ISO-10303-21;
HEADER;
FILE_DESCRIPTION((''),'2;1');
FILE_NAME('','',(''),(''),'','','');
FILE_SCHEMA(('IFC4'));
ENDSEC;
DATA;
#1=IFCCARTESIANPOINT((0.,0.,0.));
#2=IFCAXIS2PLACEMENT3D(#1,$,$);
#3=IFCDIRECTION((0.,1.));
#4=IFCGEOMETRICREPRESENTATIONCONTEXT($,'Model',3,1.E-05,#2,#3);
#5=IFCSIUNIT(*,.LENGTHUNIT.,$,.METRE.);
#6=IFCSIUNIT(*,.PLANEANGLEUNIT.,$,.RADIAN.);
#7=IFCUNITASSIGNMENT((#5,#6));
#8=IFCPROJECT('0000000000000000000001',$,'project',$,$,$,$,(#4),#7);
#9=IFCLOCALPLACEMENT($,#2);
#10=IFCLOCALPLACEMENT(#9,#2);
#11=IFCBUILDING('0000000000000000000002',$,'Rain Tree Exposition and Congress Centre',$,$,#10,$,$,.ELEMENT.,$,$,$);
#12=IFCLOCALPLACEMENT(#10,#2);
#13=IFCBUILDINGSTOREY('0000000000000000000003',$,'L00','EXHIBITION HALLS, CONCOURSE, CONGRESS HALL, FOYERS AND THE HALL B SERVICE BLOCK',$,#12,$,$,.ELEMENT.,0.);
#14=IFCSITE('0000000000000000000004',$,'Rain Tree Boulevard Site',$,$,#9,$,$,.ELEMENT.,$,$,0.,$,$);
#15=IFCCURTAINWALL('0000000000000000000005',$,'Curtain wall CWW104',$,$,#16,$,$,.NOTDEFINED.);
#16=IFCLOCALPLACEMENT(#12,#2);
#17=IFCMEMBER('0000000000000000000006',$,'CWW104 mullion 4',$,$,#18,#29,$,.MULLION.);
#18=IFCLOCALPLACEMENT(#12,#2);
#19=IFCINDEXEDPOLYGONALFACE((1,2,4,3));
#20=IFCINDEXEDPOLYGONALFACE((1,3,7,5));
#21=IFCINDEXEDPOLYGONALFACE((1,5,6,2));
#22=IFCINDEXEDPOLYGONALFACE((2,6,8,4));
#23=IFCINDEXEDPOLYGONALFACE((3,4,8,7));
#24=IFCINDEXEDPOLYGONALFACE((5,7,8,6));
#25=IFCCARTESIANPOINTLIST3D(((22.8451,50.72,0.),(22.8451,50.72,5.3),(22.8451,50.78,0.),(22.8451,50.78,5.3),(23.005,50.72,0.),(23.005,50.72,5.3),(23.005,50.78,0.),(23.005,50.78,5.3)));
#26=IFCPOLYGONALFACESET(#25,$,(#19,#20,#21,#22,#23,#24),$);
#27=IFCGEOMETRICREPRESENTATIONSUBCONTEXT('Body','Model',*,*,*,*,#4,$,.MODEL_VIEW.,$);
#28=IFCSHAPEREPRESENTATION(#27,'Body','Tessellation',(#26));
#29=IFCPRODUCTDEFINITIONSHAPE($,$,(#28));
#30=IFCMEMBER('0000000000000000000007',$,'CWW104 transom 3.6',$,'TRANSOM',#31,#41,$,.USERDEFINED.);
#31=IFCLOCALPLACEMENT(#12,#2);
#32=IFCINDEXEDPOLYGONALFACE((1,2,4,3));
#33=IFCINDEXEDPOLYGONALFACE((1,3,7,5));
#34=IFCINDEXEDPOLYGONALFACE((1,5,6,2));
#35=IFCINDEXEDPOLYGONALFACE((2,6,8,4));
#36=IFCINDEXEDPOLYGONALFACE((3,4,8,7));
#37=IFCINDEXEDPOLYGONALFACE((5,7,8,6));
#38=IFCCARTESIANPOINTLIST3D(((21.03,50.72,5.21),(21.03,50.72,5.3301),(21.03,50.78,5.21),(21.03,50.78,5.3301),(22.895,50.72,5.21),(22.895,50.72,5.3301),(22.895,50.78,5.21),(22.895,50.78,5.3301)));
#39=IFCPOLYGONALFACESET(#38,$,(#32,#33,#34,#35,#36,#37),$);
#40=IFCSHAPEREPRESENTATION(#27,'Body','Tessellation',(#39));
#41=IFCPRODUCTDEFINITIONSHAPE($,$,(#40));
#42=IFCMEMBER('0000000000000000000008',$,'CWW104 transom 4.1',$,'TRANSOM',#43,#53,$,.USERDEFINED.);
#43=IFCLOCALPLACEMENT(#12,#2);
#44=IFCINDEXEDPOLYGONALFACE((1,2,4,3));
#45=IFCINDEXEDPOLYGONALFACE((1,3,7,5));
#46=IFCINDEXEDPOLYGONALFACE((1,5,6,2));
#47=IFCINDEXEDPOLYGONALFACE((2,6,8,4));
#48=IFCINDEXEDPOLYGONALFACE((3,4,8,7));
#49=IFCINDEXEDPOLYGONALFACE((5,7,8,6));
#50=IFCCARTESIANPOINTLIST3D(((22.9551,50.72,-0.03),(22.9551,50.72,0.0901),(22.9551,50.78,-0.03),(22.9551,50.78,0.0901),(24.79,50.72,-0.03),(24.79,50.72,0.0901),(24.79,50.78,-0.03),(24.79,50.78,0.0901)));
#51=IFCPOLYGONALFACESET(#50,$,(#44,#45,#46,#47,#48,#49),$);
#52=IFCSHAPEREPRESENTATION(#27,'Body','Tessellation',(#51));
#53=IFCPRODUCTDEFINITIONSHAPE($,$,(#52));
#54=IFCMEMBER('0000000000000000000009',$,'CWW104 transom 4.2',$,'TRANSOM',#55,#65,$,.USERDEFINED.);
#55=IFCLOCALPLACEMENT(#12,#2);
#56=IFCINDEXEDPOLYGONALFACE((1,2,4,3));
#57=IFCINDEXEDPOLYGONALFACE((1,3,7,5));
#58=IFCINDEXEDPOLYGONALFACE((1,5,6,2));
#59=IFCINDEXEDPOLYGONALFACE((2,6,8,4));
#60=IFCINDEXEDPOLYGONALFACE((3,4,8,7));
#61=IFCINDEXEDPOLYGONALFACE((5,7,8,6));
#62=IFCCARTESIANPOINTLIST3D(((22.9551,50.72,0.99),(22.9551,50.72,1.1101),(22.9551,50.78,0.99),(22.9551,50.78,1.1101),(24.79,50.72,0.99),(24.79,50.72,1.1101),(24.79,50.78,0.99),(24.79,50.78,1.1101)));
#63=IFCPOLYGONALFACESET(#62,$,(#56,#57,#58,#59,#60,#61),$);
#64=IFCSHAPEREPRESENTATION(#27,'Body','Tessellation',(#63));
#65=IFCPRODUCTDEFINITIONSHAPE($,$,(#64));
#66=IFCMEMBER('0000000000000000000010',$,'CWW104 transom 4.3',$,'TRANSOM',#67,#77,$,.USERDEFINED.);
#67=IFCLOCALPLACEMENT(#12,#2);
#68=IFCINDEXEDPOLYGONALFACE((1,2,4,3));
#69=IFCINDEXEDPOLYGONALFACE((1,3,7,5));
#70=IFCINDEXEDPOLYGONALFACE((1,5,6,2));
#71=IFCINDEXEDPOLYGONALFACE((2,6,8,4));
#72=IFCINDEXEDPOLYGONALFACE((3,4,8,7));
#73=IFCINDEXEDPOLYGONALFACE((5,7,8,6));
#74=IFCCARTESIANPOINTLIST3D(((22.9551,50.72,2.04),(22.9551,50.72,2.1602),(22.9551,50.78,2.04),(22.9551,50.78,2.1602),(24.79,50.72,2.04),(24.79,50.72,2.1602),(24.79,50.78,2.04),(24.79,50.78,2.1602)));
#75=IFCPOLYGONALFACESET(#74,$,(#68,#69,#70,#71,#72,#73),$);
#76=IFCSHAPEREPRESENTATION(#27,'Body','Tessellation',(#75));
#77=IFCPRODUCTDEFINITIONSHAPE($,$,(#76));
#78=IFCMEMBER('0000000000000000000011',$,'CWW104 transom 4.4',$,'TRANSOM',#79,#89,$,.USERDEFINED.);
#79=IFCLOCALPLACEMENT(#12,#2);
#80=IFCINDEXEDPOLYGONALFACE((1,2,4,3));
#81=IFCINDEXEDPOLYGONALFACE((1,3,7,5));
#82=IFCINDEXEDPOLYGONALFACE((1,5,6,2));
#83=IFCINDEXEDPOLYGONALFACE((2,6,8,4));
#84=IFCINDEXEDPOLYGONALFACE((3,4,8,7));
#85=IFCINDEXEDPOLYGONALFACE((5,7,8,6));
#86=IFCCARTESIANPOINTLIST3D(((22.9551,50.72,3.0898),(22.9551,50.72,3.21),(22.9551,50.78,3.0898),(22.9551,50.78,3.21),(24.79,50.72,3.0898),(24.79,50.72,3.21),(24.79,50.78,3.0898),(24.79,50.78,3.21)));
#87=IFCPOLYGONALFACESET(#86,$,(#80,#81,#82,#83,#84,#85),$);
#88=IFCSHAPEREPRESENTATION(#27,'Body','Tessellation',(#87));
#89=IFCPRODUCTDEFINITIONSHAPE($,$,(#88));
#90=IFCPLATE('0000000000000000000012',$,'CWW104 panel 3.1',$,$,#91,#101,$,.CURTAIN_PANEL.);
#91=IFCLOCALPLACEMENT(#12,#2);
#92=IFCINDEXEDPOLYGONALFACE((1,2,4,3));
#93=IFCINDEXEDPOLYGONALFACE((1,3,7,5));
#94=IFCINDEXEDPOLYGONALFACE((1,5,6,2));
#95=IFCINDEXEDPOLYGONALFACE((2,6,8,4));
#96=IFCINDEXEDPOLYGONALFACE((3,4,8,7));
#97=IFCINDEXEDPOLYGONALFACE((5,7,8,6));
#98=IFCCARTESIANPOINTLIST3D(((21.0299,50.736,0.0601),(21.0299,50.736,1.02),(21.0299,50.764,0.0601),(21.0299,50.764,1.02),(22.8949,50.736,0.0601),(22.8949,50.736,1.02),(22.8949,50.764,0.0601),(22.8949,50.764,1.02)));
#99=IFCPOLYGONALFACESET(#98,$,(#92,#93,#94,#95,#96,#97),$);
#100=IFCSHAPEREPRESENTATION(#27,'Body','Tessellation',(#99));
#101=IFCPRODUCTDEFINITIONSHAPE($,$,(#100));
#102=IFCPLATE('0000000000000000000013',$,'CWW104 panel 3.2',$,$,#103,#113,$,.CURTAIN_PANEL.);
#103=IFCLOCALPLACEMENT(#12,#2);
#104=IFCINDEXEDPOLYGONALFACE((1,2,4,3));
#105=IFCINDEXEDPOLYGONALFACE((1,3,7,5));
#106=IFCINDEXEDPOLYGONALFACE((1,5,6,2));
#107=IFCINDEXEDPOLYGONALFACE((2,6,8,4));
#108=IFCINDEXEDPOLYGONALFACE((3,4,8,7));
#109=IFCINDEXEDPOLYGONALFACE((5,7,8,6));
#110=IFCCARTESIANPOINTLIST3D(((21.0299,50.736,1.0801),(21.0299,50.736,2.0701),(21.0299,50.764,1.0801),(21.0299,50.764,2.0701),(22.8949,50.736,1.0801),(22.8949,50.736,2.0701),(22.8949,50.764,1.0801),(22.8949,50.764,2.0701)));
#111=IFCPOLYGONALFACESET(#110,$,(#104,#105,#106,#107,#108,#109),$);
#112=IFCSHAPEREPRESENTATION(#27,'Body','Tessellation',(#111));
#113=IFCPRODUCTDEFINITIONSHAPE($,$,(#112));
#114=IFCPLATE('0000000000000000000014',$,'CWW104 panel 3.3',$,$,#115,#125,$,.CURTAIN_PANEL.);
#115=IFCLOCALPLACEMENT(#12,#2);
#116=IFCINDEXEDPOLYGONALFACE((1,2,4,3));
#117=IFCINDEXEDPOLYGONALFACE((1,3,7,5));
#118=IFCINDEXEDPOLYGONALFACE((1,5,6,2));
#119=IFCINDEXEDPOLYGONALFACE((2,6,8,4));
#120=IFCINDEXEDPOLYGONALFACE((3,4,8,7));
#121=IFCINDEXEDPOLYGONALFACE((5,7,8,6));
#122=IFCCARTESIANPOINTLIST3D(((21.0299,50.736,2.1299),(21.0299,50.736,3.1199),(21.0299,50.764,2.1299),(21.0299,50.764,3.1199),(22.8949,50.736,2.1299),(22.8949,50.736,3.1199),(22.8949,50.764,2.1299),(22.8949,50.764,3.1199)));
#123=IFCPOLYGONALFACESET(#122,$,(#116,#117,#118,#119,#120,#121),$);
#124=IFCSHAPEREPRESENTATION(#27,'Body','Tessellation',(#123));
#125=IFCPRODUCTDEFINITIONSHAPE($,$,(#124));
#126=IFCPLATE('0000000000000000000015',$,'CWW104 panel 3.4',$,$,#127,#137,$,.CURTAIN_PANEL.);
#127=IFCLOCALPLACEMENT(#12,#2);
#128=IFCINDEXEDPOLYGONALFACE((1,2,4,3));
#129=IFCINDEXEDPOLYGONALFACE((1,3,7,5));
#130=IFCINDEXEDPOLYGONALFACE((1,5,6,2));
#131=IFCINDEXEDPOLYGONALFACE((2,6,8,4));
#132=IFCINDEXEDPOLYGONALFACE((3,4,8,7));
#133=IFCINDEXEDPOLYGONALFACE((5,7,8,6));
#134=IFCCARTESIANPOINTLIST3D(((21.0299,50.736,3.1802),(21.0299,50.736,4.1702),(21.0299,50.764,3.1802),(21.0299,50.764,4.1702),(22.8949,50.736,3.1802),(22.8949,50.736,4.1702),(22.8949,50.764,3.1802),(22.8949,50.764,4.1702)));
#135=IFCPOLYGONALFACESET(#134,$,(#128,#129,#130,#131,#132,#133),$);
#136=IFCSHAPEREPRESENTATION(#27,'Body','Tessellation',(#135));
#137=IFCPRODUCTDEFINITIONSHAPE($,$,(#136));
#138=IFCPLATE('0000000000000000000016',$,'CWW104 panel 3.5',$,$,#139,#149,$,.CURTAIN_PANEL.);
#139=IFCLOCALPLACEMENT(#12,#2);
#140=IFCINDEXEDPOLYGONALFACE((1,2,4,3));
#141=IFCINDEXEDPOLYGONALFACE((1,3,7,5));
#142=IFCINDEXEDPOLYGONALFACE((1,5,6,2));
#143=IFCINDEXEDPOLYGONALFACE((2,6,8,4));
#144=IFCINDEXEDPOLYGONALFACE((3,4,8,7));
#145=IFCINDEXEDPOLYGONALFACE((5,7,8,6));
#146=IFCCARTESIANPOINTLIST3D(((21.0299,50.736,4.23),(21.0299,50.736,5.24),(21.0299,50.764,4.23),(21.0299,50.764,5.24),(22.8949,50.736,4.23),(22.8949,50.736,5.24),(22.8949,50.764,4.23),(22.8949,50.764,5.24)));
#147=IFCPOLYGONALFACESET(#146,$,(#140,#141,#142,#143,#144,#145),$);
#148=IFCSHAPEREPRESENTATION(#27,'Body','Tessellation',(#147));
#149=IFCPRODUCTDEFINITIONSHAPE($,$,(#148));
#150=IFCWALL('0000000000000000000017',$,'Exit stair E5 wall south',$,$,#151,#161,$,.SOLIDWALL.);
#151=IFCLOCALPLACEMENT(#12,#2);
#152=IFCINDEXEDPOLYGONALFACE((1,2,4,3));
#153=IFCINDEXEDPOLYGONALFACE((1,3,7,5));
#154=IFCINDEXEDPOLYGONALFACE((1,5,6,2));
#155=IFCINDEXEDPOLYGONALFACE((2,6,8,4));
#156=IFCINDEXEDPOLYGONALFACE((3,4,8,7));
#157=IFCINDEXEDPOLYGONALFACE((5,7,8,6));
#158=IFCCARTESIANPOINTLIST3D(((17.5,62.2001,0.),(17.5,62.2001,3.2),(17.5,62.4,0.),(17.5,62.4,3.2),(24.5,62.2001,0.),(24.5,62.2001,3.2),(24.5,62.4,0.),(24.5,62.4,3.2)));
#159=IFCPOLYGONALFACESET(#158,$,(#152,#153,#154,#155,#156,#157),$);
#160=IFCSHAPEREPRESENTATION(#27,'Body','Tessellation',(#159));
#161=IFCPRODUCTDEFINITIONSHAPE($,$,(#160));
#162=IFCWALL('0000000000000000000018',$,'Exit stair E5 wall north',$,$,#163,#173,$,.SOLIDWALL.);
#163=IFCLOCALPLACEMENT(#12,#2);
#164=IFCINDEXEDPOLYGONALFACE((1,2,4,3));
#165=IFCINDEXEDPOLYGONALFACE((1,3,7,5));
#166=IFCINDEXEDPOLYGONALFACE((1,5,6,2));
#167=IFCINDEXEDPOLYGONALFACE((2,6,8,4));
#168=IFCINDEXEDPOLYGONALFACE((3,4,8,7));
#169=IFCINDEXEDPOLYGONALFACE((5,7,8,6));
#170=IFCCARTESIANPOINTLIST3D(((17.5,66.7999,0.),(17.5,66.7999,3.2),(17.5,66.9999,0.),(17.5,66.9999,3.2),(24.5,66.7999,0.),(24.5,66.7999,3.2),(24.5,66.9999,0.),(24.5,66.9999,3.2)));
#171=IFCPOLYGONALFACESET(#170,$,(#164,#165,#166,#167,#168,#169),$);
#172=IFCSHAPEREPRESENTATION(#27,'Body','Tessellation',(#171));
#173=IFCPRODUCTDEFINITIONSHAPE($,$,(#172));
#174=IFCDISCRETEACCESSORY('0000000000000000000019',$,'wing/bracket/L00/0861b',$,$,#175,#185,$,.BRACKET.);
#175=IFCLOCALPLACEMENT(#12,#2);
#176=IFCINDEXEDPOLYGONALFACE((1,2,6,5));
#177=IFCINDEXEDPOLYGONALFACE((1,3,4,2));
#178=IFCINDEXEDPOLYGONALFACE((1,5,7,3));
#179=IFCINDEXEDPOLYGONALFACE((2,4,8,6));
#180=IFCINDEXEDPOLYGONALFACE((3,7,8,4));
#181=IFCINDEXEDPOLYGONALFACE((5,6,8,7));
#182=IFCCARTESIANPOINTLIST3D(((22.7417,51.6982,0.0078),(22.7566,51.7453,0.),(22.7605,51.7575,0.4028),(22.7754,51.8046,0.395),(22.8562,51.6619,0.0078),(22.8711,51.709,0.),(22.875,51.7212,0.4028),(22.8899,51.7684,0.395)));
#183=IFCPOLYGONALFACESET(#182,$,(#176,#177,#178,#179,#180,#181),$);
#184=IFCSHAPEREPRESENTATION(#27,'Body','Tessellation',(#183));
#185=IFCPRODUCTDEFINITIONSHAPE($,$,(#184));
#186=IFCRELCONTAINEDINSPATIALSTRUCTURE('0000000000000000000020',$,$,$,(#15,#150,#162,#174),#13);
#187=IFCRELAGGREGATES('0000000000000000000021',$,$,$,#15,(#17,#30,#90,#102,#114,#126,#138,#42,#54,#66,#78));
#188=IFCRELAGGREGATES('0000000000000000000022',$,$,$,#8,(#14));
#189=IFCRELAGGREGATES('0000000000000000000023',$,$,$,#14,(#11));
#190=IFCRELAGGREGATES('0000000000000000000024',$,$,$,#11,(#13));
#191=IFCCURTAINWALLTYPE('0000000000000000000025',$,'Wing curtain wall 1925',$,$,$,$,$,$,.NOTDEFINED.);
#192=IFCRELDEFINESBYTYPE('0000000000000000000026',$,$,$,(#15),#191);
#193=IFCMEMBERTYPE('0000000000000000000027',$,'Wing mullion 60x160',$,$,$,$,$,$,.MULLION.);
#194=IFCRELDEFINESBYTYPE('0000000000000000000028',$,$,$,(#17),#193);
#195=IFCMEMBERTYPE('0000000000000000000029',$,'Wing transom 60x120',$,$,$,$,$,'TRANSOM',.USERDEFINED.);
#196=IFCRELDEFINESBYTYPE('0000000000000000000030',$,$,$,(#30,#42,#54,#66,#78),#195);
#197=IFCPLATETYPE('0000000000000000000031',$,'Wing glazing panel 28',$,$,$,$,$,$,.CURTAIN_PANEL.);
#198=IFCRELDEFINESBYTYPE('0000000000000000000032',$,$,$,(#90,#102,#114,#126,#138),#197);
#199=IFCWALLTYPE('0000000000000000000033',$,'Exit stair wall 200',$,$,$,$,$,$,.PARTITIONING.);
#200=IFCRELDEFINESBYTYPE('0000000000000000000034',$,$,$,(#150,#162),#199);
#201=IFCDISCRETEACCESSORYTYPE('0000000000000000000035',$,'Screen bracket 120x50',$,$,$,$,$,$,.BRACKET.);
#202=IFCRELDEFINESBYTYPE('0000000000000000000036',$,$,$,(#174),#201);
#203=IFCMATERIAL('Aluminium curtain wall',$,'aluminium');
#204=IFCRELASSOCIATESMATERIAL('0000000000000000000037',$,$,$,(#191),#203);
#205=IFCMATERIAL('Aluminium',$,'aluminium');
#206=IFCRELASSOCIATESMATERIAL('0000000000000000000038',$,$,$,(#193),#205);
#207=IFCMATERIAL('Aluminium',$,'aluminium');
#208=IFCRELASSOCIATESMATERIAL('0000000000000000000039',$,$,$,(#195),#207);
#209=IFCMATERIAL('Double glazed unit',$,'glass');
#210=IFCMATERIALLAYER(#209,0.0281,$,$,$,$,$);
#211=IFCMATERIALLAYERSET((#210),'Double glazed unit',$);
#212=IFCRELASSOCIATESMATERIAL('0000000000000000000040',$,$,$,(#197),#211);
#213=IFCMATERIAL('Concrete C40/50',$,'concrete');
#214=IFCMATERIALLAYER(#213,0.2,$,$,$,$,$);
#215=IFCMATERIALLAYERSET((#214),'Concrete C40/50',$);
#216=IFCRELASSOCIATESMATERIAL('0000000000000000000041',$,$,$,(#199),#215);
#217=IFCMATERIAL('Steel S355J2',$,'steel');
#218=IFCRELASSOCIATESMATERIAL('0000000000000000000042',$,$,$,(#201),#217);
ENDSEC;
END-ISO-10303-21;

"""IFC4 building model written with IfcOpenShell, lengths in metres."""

from ifc_helpers import new_model, si_unit, direction, frame, frame_2d, origin, origin_2d, place, context, subcontext, project, spatial, rectangle, extrude, material, layer, layer_set, material_profile, profile_set, type_object, element, aggregate, save


model = new_model("IFC4")

# Units and contexts
model_context = context("Model", 3, precision=1e-05, world=origin(), true_north=direction((0.0, 1.0)))
body_context = subcontext(model_context, "Body", "Model", "MODEL_VIEW")
ifc_project = project(units=[si_unit("LENGTHUNIT", "METRE"), si_unit("PLANEANGLEUNIT", "RADIAN")], contexts=[model_context])

# Site, building, storey
site_placement = place(None, origin())
site = spatial("IfcSite", under=ifc_project, at=site_placement, Name="Rain Tree Boulevard Site", CompositionType="ELEMENT", RefElevation=0.0)
building_placement = place(site_placement, origin())
building = spatial("IfcBuilding", under=site, at=building_placement, Name="Rain Tree Exposition and Congress Centre", CompositionType="ELEMENT")
storey_placement = place(building_placement, origin())
storey = spatial("IfcBuildingStorey", under=building, at=storey_placement, Name="L00", Description="EXHIBITION HALLS, CONCOURSE, CONGRESS HALL, FOYERS AND THE HALL B SERVICE BLOCK", CompositionType="ELEMENT", Elevation=0.0)

# Curtain wall, members, plates
ifc_material_1 = material(Name="Aluminium curtain wall", Category="aluminium")
curtain_wall_type = type_object("IfcCurtainWallType", Name="Wing curtain wall 1925", PredefinedType="NOTDEFINED", material=ifc_material_1)
curtain_wall_placement = place(storey_placement, origin())
curtain_wall = element("IfcCurtainWall", 1, at=curtain_wall_placement, inside=storey, type_object=curtain_wall_type, Name="Curtain wall CWW104", PredefinedType="NOTDEFINED")
ifc_material_2 = material(Name="Aluminium", Category="aluminium")
ifc_material_profile_1 = material_profile(ifc_material_2, rectangle(XDim=0.0601, YDim=0.1599, at=origin_2d()), Name="Aluminium 60x160")
ifc_profile_set_1 = profile_set([ifc_material_profile_1], Name="Aluminium")
member_type_1 = type_object("IfcMemberType", Name="Wing mullion 60x160", PredefinedType="MULLION", material=ifc_profile_set_1)
member_1_placement = place(storey_placement, frame((22.925, 50.75, 0.0), z_axis=(0.0, 0.0, 1.0), x_axis=(0.0, 1.0, 0.0)))
member_1 = element("IfcMember", 2, at=member_1_placement, type_object=member_type_1, Name="CWW104 mullion 4", PredefinedType="MULLION", context=body_context, shape_type="SweptSolid", body=[
    extrude(rectangle(XDim=0.0601, YDim=0.1599, at=origin_2d()), origin(), (0.0, 0.0, 1.0), 5.3),
])
ifc_material_3 = material(Name="Aluminium", Category="aluminium")
ifc_material_profile_2 = material_profile(ifc_material_3, rectangle(XDim=0.0601, YDim=0.1201, at=origin_2d()), Name="Aluminium 60x120")
ifc_profile_set_2 = profile_set([ifc_material_profile_2], Name="Aluminium")
member_type_2 = type_object("IfcMemberType", Name="Wing transom 60x120", ElementType="TRANSOM", PredefinedType="USERDEFINED", material=ifc_profile_set_2)
member_2_placement = place(storey_placement, frame((21.03, 50.75, 5.27), z_axis=(1.0, 0.0, 0.0), x_axis=(0.0, 1.0, 0.0)))
member_2 = element("IfcMember", 3, at=member_2_placement, type_object=member_type_2, Name="CWW104 transom 3.6", ObjectType="TRANSOM", PredefinedType="USERDEFINED", context=body_context, shape_type="SweptSolid", body=[
    extrude(rectangle(XDim=0.0601, YDim=0.1201, at=origin_2d()), origin(), (0.0, 0.0, 1.0), 1.865),
])
member_3_placement = place(storey_placement, frame((22.9551, 50.75, 0.03), z_axis=(1.0, 0.0, 0.0), x_axis=(0.0, 1.0, 0.0)))
member_3 = element("IfcMember", 4, at=member_3_placement, type_object=member_type_2, Name="CWW104 transom 4.1", ObjectType="TRANSOM", PredefinedType="USERDEFINED", context=body_context, shape_type="SweptSolid", body=[
    extrude(rectangle(XDim=0.0601, YDim=0.1201, at=origin_2d()), origin(), (0.0, 0.0, 1.0), 1.835),
])
member_4_placement = place(storey_placement, frame((22.9551, 50.75, 1.05), z_axis=(1.0, 0.0, 0.0), x_axis=(0.0, 1.0, 0.0)))
member_4 = element("IfcMember", 5, at=member_4_placement, type_object=member_type_2, Name="CWW104 transom 4.2", ObjectType="TRANSOM", PredefinedType="USERDEFINED", context=body_context, shape_type="SweptSolid", body=[
    extrude(rectangle(XDim=0.0601, YDim=0.1201, at=origin_2d()), origin(), (0.0, 0.0, 1.0), 1.835),
])
member_5_placement = place(storey_placement, frame((22.9551, 50.75, 2.1001), z_axis=(1.0, 0.0, 0.0), x_axis=(0.0, 1.0, 0.0)))
member_5 = element("IfcMember", 6, at=member_5_placement, type_object=member_type_2, Name="CWW104 transom 4.3", ObjectType="TRANSOM", PredefinedType="USERDEFINED", context=body_context, shape_type="SweptSolid", body=[
    extrude(rectangle(XDim=0.0601, YDim=0.1201, at=origin_2d()), origin(), (0.0, 0.0, 1.0), 1.835),
])
member_6_placement = place(storey_placement, frame((22.9551, 50.75, 3.1499), z_axis=(1.0, 0.0, 0.0), x_axis=(0.0, 1.0, 0.0)))
member_6 = element("IfcMember", 7, at=member_6_placement, type_object=member_type_2, Name="CWW104 transom 4.4", ObjectType="TRANSOM", PredefinedType="USERDEFINED", context=body_context, shape_type="SweptSolid", body=[
    extrude(rectangle(XDim=0.0601, YDim=0.1201, at=origin_2d()), origin(), (0.0, 0.0, 1.0), 1.835),
])
ifc_material_4 = material(Name="Double glazed unit", Category="glass")
ifc_layer_1 = layer(ifc_material_4, 0.0281)
ifc_layer_set_1 = layer_set([ifc_layer_1], Name="Double glazed unit")
plate_type = type_object("IfcPlateType", Name="Wing glazing panel 28", PredefinedType="CURTAIN_PANEL", material=ifc_layer_set_1)
plate_1_placement = place(storey_placement, frame((21.9624, 50.75, 0.0601), z_axis=(0.0, 0.0, 1.0), x_axis=(1.0, 0.0, 0.0)))
plate_1 = element("IfcPlate", 8, at=plate_1_placement, type_object=plate_type, Name="CWW104 panel 3.1", PredefinedType="CURTAIN_PANEL", context=body_context, shape_type="SweptSolid", body=[
    extrude(rectangle(XDim=1.865, YDim=0.0281, at=origin_2d()), origin(), (0.0, 0.0, 1.0), 0.96),
])
plate_2_placement = place(storey_placement, frame((21.9624, 50.75, 1.0801), z_axis=(0.0, 0.0, 1.0), x_axis=(1.0, 0.0, 0.0)))
plate_2 = element("IfcPlate", 9, at=plate_2_placement, type_object=plate_type, Name="CWW104 panel 3.2", PredefinedType="CURTAIN_PANEL", context=body_context, shape_type="SweptSolid", body=[
    extrude(rectangle(XDim=1.865, YDim=0.0281, at=origin_2d()), origin(), (0.0, 0.0, 1.0), 0.99),
])
plate_3_placement = place(storey_placement, frame((21.9624, 50.75, 2.1299), z_axis=(0.0, 0.0, 1.0), x_axis=(1.0, 0.0, 0.0)))
plate_3 = element("IfcPlate", 10, at=plate_3_placement, type_object=plate_type, Name="CWW104 panel 3.3", PredefinedType="CURTAIN_PANEL", context=body_context, shape_type="SweptSolid", body=[
    extrude(rectangle(XDim=1.865, YDim=0.0281, at=origin_2d()), origin(), (0.0, 0.0, 1.0), 0.99),
])
plate_4_placement = place(storey_placement, frame((21.9624, 50.75, 3.1802), z_axis=(0.0, 0.0, 1.0), x_axis=(1.0, 0.0, 0.0)))
plate_4 = element("IfcPlate", 11, at=plate_4_placement, type_object=plate_type, Name="CWW104 panel 3.4", PredefinedType="CURTAIN_PANEL", context=body_context, shape_type="SweptSolid", body=[
    extrude(rectangle(XDim=1.865, YDim=0.0281, at=origin_2d()), origin(), (0.0, 0.0, 1.0), 0.99),
])
plate_5_placement = place(storey_placement, frame((21.9624, 50.75, 4.23), z_axis=(0.0, 0.0, 1.0), x_axis=(1.0, 0.0, 0.0)))
plate_5 = element("IfcPlate", 12, at=plate_5_placement, type_object=plate_type, Name="CWW104 panel 3.5", PredefinedType="CURTAIN_PANEL", context=body_context, shape_type="SweptSolid", body=[
    extrude(rectangle(XDim=1.865, YDim=0.0281, at=origin_2d()), origin(), (0.0, 0.0, 1.0), 1.01),
])
aggregate(curtain_wall, [member_1, member_2, plate_1, plate_2, plate_3, plate_4, plate_5, member_3, member_4, member_5, member_6])

# Shared definitions
ifc_material_5 = material(Name="Concrete C40/50", Category="concrete")
ifc_layer_2 = layer(ifc_material_5, 0.2)
ifc_layer_set_2 = layer_set([ifc_layer_2], Name="Concrete C40/50")
wall_type = type_object("IfcWallType", Name="Exit stair wall 200", PredefinedType="PARTITIONING", material=ifc_layer_set_2)

# Walls
for number, where, z_axis, x_axis, name in (
    (13, (17.5, 62.3, 0.0), (0.0, 0.0, 1.0), (1.0, 0.0, 0.0), "Exit stair E5 wall south"),
    (14, (17.5, 66.8999, 0.0), (0.0, 0.0, 1.0), (1.0, 0.0, 0.0), "Exit stair E5 wall north"),
):
    element("IfcWall", number, at=place(storey_placement, frame(where, z_axis=z_axis, x_axis=x_axis)), inside=storey, type_object=wall_type, Name=name, PredefinedType="SOLIDWALL", context=body_context, shape_type="SweptSolid", body=[
        extrude(rectangle(XDim=7.0, YDim=0.2, at=frame_2d((3.5, 0.0))), origin(), (0.0, 0.0, 1.0), 3.2),
    ])

# Discrete accessory
ifc_material_6 = material(Name="Steel S355J2", Category="steel")
ifc_material_profile_3 = material_profile(ifc_material_6, rectangle(XDim=0.1201, YDim=0.05, at=origin_2d()), Name="Flat bar 120x50")
ifc_profile_set_3 = profile_set([ifc_material_profile_3], Name="Steel S355J2")
discrete_accessory_type = type_object("IfcDiscreteAccessoryType", Name="Screen bracket 120x50", PredefinedType="BRACKET", material=ifc_profile_set_3)
for number, where, z_axis, x_axis, name in (
    (15, (22.8064, 51.7036, 0.0039), (0.04701, 0.148356, 0.987816), (-0.953286, 0.30207, 0.0), "wing/bracket/L00/0861b"),
):
    element("IfcDiscreteAccessory", number, at=place(storey_placement, frame(where, z_axis=z_axis, x_axis=x_axis)), inside=storey, type_object=discrete_accessory_type, Name=name, PredefinedType="BRACKET", context=body_context, shape_type="SweptSolid", body=[
        extrude(rectangle(XDim=0.1201, YDim=0.05, at=origin_2d()), origin(), (0.0, 0.0, 1.0), 0.3999),
    ])

save(model, "model.ifc")
